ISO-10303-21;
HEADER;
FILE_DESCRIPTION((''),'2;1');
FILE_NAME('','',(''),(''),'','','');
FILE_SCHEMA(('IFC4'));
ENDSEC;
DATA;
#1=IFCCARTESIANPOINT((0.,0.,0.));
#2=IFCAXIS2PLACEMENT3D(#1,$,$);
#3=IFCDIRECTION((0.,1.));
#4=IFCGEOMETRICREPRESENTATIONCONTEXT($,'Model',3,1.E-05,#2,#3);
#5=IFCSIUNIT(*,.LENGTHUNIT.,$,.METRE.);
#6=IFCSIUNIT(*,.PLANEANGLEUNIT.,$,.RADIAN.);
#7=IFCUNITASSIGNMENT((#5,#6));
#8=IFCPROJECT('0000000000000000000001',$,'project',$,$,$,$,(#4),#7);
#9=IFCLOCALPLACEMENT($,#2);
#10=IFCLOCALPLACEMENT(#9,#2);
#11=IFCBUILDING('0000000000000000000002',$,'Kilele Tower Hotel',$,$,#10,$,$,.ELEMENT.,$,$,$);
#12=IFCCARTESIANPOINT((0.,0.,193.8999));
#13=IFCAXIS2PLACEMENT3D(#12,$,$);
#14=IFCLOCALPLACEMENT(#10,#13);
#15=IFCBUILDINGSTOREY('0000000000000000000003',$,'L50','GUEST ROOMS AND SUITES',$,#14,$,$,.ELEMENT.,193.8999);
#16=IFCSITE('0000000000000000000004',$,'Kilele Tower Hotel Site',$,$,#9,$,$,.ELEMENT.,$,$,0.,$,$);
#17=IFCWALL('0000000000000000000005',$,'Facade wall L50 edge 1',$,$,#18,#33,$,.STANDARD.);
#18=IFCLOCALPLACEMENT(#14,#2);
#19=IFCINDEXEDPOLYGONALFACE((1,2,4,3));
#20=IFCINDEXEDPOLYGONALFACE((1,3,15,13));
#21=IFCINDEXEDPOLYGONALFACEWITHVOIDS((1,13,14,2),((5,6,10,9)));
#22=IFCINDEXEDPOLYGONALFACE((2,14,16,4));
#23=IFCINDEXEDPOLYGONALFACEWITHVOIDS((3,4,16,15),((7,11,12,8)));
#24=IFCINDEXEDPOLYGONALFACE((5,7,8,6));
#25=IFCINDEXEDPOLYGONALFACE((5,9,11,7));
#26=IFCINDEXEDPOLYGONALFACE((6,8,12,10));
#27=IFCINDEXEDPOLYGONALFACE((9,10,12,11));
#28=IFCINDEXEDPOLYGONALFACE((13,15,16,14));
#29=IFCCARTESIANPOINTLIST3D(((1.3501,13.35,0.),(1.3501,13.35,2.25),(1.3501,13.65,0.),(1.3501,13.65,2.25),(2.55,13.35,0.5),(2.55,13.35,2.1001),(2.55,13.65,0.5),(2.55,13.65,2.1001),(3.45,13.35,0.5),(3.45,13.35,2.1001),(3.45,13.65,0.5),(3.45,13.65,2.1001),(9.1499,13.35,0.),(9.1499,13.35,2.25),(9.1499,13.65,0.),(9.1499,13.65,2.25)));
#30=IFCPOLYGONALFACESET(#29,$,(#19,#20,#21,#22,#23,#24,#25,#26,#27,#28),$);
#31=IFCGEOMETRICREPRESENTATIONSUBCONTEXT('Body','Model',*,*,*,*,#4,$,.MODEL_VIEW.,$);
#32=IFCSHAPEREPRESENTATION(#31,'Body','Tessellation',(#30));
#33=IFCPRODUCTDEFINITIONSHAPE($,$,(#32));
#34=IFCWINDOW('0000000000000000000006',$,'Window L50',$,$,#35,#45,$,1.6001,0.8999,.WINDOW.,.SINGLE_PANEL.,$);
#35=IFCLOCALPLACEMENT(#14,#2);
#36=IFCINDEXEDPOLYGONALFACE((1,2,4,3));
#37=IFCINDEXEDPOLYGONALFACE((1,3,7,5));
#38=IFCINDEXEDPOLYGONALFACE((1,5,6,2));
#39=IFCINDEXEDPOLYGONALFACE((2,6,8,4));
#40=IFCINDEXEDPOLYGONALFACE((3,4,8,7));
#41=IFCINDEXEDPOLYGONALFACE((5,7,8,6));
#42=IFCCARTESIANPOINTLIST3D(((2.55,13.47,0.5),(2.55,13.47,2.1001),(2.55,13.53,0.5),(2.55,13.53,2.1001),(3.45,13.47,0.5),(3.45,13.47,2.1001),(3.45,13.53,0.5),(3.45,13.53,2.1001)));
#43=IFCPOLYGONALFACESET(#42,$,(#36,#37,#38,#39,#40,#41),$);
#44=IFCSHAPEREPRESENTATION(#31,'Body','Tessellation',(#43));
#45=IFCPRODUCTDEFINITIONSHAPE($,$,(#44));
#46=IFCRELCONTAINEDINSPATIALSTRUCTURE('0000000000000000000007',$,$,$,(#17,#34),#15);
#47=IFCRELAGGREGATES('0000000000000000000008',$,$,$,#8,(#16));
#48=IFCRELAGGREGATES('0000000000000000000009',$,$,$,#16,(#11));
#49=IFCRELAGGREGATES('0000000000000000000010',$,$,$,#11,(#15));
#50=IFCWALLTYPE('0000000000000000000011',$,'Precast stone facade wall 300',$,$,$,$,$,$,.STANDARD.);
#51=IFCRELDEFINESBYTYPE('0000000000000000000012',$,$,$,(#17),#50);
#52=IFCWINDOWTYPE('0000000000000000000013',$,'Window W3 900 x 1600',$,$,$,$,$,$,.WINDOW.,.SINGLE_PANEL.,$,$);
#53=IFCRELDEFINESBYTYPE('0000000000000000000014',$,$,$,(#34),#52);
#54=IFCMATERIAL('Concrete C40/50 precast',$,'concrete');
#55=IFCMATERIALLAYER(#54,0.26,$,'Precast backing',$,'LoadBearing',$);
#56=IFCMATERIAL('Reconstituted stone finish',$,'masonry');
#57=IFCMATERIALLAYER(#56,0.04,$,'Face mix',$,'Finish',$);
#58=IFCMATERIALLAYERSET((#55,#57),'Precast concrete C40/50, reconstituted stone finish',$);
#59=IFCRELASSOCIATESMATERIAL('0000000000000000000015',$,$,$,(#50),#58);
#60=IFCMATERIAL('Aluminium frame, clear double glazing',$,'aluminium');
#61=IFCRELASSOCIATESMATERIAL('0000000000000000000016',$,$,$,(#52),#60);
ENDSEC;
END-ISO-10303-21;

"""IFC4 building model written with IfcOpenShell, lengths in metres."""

from ifc_helpers import new_model, si_unit, direction, frame, frame_2d, origin, place, context, subcontext, project, spatial, rectangle, extrude, material, layer, layer_set, type_object, element, fill, save


model = new_model("IFC4")

# Units and contexts
model_context = context("Model", 3, precision=1e-05, world=origin(), true_north=direction((0.0, 1.0)))
body_context = subcontext(model_context, "Body", "Model", "MODEL_VIEW")
ifc_project = project(units=[si_unit("LENGTHUNIT", "METRE"), si_unit("PLANEANGLEUNIT", "RADIAN")], contexts=[model_context])

# Site, building, storey
site_placement = place(None, origin())
site = spatial("IfcSite", under=ifc_project, at=site_placement, Name="Kilele Tower Hotel Site", CompositionType="ELEMENT", RefElevation=0.0)
building_placement = place(site_placement, origin())
building = spatial("IfcBuilding", under=site, at=building_placement, Name="Kilele Tower Hotel", CompositionType="ELEMENT")
storey_placement = place(building_placement, frame((0.0, 0.0, 193.8999)))
storey = spatial("IfcBuildingStorey", under=building, at=storey_placement, Name="L50", Description="GUEST ROOMS AND SUITES", CompositionType="ELEMENT", Elevation=193.8999)

# Wall, opening, window
ifc_material_1 = material(Name="Concrete C40/50 precast", Category="concrete")
ifc_layer_1 = layer(ifc_material_1, 0.26, Name="Precast backing", Category="LoadBearing")
ifc_material_2 = material(Name="Reconstituted stone finish", Category="masonry")
ifc_layer_2 = layer(ifc_material_2, 0.04, Name="Face mix", Category="Finish")
ifc_layer_set_1 = layer_set([ifc_layer_1, ifc_layer_2], Name="Precast concrete C40/50, reconstituted stone finish")
wall_type = type_object("IfcWallType", Name="Precast stone facade wall 300", PredefinedType="STANDARD", material=ifc_layer_set_1)
wall_1_placement = place(storey_placement, frame((1.3501, 13.5, 0.0), z_axis=(0.0, 0.0, 1.0), x_axis=(1.0, 0.0, 0.0)))
wall_1 = element("IfcWall", 1, at=wall_1_placement, inside=storey, type_object=wall_type, Name="Facade wall L50 edge 1", PredefinedType="STANDARD", context=body_context, shape_type="SweptSolid", body=[
    extrude(rectangle(XDim=7.7998, YDim=0.3, at=frame_2d((3.8999, 0.0))), origin(), (0.0, 0.0, 1.0), 2.25),
])
opening_1_placement = place(wall_1_placement, frame((1.2, 0.0, 0.5)))
opening_1 = element("IfcOpeningElement", 2, at=opening_1_placement, cuts=wall_1, PredefinedType="OPENING", context=body_context, shape_type="SweptSolid", body=[
    extrude(rectangle(XDim=0.8999, YDim=1.6001, at=frame_2d((0.45, 0.8))), frame((0.0, 0.1599, 0.0), z_axis=(0.0, -1.0, 0.0), x_axis=(1.0, 0.0, 0.0)), (0.0, 0.0, 1.0), 0.3201),
])
ifc_material_3 = material(Name="Aluminium frame, clear double glazing", Category="aluminium")
window_type_1 = type_object("IfcWindowType", Name="Window W3 900 x 1600", PartitioningType="SINGLE_PANEL", PredefinedType="WINDOW", material=ifc_material_3)
window_1_placement = place(opening_1_placement, origin())
window_1 = element("IfcWindow", 3, at=window_1_placement, inside=storey, type_object=window_type_1, Name="Window L50", OverallHeight=1.6001, OverallWidth=0.8999, PartitioningType="SINGLE_PANEL", PredefinedType="WINDOW", context=body_context, shape_type="SweptSolid", body=[
    extrude(rectangle(XDim=0.8999, YDim=1.6001, at=frame_2d((0.45, 0.8))), frame((0.0, 0.03, 0.0), z_axis=(0.0, -1.0, 0.0), x_axis=(1.0, 0.0, 0.0)), (0.0, 0.0, 1.0), 0.0601),
])
fill(opening_1, window_1)

save(model, "model.ifc")
